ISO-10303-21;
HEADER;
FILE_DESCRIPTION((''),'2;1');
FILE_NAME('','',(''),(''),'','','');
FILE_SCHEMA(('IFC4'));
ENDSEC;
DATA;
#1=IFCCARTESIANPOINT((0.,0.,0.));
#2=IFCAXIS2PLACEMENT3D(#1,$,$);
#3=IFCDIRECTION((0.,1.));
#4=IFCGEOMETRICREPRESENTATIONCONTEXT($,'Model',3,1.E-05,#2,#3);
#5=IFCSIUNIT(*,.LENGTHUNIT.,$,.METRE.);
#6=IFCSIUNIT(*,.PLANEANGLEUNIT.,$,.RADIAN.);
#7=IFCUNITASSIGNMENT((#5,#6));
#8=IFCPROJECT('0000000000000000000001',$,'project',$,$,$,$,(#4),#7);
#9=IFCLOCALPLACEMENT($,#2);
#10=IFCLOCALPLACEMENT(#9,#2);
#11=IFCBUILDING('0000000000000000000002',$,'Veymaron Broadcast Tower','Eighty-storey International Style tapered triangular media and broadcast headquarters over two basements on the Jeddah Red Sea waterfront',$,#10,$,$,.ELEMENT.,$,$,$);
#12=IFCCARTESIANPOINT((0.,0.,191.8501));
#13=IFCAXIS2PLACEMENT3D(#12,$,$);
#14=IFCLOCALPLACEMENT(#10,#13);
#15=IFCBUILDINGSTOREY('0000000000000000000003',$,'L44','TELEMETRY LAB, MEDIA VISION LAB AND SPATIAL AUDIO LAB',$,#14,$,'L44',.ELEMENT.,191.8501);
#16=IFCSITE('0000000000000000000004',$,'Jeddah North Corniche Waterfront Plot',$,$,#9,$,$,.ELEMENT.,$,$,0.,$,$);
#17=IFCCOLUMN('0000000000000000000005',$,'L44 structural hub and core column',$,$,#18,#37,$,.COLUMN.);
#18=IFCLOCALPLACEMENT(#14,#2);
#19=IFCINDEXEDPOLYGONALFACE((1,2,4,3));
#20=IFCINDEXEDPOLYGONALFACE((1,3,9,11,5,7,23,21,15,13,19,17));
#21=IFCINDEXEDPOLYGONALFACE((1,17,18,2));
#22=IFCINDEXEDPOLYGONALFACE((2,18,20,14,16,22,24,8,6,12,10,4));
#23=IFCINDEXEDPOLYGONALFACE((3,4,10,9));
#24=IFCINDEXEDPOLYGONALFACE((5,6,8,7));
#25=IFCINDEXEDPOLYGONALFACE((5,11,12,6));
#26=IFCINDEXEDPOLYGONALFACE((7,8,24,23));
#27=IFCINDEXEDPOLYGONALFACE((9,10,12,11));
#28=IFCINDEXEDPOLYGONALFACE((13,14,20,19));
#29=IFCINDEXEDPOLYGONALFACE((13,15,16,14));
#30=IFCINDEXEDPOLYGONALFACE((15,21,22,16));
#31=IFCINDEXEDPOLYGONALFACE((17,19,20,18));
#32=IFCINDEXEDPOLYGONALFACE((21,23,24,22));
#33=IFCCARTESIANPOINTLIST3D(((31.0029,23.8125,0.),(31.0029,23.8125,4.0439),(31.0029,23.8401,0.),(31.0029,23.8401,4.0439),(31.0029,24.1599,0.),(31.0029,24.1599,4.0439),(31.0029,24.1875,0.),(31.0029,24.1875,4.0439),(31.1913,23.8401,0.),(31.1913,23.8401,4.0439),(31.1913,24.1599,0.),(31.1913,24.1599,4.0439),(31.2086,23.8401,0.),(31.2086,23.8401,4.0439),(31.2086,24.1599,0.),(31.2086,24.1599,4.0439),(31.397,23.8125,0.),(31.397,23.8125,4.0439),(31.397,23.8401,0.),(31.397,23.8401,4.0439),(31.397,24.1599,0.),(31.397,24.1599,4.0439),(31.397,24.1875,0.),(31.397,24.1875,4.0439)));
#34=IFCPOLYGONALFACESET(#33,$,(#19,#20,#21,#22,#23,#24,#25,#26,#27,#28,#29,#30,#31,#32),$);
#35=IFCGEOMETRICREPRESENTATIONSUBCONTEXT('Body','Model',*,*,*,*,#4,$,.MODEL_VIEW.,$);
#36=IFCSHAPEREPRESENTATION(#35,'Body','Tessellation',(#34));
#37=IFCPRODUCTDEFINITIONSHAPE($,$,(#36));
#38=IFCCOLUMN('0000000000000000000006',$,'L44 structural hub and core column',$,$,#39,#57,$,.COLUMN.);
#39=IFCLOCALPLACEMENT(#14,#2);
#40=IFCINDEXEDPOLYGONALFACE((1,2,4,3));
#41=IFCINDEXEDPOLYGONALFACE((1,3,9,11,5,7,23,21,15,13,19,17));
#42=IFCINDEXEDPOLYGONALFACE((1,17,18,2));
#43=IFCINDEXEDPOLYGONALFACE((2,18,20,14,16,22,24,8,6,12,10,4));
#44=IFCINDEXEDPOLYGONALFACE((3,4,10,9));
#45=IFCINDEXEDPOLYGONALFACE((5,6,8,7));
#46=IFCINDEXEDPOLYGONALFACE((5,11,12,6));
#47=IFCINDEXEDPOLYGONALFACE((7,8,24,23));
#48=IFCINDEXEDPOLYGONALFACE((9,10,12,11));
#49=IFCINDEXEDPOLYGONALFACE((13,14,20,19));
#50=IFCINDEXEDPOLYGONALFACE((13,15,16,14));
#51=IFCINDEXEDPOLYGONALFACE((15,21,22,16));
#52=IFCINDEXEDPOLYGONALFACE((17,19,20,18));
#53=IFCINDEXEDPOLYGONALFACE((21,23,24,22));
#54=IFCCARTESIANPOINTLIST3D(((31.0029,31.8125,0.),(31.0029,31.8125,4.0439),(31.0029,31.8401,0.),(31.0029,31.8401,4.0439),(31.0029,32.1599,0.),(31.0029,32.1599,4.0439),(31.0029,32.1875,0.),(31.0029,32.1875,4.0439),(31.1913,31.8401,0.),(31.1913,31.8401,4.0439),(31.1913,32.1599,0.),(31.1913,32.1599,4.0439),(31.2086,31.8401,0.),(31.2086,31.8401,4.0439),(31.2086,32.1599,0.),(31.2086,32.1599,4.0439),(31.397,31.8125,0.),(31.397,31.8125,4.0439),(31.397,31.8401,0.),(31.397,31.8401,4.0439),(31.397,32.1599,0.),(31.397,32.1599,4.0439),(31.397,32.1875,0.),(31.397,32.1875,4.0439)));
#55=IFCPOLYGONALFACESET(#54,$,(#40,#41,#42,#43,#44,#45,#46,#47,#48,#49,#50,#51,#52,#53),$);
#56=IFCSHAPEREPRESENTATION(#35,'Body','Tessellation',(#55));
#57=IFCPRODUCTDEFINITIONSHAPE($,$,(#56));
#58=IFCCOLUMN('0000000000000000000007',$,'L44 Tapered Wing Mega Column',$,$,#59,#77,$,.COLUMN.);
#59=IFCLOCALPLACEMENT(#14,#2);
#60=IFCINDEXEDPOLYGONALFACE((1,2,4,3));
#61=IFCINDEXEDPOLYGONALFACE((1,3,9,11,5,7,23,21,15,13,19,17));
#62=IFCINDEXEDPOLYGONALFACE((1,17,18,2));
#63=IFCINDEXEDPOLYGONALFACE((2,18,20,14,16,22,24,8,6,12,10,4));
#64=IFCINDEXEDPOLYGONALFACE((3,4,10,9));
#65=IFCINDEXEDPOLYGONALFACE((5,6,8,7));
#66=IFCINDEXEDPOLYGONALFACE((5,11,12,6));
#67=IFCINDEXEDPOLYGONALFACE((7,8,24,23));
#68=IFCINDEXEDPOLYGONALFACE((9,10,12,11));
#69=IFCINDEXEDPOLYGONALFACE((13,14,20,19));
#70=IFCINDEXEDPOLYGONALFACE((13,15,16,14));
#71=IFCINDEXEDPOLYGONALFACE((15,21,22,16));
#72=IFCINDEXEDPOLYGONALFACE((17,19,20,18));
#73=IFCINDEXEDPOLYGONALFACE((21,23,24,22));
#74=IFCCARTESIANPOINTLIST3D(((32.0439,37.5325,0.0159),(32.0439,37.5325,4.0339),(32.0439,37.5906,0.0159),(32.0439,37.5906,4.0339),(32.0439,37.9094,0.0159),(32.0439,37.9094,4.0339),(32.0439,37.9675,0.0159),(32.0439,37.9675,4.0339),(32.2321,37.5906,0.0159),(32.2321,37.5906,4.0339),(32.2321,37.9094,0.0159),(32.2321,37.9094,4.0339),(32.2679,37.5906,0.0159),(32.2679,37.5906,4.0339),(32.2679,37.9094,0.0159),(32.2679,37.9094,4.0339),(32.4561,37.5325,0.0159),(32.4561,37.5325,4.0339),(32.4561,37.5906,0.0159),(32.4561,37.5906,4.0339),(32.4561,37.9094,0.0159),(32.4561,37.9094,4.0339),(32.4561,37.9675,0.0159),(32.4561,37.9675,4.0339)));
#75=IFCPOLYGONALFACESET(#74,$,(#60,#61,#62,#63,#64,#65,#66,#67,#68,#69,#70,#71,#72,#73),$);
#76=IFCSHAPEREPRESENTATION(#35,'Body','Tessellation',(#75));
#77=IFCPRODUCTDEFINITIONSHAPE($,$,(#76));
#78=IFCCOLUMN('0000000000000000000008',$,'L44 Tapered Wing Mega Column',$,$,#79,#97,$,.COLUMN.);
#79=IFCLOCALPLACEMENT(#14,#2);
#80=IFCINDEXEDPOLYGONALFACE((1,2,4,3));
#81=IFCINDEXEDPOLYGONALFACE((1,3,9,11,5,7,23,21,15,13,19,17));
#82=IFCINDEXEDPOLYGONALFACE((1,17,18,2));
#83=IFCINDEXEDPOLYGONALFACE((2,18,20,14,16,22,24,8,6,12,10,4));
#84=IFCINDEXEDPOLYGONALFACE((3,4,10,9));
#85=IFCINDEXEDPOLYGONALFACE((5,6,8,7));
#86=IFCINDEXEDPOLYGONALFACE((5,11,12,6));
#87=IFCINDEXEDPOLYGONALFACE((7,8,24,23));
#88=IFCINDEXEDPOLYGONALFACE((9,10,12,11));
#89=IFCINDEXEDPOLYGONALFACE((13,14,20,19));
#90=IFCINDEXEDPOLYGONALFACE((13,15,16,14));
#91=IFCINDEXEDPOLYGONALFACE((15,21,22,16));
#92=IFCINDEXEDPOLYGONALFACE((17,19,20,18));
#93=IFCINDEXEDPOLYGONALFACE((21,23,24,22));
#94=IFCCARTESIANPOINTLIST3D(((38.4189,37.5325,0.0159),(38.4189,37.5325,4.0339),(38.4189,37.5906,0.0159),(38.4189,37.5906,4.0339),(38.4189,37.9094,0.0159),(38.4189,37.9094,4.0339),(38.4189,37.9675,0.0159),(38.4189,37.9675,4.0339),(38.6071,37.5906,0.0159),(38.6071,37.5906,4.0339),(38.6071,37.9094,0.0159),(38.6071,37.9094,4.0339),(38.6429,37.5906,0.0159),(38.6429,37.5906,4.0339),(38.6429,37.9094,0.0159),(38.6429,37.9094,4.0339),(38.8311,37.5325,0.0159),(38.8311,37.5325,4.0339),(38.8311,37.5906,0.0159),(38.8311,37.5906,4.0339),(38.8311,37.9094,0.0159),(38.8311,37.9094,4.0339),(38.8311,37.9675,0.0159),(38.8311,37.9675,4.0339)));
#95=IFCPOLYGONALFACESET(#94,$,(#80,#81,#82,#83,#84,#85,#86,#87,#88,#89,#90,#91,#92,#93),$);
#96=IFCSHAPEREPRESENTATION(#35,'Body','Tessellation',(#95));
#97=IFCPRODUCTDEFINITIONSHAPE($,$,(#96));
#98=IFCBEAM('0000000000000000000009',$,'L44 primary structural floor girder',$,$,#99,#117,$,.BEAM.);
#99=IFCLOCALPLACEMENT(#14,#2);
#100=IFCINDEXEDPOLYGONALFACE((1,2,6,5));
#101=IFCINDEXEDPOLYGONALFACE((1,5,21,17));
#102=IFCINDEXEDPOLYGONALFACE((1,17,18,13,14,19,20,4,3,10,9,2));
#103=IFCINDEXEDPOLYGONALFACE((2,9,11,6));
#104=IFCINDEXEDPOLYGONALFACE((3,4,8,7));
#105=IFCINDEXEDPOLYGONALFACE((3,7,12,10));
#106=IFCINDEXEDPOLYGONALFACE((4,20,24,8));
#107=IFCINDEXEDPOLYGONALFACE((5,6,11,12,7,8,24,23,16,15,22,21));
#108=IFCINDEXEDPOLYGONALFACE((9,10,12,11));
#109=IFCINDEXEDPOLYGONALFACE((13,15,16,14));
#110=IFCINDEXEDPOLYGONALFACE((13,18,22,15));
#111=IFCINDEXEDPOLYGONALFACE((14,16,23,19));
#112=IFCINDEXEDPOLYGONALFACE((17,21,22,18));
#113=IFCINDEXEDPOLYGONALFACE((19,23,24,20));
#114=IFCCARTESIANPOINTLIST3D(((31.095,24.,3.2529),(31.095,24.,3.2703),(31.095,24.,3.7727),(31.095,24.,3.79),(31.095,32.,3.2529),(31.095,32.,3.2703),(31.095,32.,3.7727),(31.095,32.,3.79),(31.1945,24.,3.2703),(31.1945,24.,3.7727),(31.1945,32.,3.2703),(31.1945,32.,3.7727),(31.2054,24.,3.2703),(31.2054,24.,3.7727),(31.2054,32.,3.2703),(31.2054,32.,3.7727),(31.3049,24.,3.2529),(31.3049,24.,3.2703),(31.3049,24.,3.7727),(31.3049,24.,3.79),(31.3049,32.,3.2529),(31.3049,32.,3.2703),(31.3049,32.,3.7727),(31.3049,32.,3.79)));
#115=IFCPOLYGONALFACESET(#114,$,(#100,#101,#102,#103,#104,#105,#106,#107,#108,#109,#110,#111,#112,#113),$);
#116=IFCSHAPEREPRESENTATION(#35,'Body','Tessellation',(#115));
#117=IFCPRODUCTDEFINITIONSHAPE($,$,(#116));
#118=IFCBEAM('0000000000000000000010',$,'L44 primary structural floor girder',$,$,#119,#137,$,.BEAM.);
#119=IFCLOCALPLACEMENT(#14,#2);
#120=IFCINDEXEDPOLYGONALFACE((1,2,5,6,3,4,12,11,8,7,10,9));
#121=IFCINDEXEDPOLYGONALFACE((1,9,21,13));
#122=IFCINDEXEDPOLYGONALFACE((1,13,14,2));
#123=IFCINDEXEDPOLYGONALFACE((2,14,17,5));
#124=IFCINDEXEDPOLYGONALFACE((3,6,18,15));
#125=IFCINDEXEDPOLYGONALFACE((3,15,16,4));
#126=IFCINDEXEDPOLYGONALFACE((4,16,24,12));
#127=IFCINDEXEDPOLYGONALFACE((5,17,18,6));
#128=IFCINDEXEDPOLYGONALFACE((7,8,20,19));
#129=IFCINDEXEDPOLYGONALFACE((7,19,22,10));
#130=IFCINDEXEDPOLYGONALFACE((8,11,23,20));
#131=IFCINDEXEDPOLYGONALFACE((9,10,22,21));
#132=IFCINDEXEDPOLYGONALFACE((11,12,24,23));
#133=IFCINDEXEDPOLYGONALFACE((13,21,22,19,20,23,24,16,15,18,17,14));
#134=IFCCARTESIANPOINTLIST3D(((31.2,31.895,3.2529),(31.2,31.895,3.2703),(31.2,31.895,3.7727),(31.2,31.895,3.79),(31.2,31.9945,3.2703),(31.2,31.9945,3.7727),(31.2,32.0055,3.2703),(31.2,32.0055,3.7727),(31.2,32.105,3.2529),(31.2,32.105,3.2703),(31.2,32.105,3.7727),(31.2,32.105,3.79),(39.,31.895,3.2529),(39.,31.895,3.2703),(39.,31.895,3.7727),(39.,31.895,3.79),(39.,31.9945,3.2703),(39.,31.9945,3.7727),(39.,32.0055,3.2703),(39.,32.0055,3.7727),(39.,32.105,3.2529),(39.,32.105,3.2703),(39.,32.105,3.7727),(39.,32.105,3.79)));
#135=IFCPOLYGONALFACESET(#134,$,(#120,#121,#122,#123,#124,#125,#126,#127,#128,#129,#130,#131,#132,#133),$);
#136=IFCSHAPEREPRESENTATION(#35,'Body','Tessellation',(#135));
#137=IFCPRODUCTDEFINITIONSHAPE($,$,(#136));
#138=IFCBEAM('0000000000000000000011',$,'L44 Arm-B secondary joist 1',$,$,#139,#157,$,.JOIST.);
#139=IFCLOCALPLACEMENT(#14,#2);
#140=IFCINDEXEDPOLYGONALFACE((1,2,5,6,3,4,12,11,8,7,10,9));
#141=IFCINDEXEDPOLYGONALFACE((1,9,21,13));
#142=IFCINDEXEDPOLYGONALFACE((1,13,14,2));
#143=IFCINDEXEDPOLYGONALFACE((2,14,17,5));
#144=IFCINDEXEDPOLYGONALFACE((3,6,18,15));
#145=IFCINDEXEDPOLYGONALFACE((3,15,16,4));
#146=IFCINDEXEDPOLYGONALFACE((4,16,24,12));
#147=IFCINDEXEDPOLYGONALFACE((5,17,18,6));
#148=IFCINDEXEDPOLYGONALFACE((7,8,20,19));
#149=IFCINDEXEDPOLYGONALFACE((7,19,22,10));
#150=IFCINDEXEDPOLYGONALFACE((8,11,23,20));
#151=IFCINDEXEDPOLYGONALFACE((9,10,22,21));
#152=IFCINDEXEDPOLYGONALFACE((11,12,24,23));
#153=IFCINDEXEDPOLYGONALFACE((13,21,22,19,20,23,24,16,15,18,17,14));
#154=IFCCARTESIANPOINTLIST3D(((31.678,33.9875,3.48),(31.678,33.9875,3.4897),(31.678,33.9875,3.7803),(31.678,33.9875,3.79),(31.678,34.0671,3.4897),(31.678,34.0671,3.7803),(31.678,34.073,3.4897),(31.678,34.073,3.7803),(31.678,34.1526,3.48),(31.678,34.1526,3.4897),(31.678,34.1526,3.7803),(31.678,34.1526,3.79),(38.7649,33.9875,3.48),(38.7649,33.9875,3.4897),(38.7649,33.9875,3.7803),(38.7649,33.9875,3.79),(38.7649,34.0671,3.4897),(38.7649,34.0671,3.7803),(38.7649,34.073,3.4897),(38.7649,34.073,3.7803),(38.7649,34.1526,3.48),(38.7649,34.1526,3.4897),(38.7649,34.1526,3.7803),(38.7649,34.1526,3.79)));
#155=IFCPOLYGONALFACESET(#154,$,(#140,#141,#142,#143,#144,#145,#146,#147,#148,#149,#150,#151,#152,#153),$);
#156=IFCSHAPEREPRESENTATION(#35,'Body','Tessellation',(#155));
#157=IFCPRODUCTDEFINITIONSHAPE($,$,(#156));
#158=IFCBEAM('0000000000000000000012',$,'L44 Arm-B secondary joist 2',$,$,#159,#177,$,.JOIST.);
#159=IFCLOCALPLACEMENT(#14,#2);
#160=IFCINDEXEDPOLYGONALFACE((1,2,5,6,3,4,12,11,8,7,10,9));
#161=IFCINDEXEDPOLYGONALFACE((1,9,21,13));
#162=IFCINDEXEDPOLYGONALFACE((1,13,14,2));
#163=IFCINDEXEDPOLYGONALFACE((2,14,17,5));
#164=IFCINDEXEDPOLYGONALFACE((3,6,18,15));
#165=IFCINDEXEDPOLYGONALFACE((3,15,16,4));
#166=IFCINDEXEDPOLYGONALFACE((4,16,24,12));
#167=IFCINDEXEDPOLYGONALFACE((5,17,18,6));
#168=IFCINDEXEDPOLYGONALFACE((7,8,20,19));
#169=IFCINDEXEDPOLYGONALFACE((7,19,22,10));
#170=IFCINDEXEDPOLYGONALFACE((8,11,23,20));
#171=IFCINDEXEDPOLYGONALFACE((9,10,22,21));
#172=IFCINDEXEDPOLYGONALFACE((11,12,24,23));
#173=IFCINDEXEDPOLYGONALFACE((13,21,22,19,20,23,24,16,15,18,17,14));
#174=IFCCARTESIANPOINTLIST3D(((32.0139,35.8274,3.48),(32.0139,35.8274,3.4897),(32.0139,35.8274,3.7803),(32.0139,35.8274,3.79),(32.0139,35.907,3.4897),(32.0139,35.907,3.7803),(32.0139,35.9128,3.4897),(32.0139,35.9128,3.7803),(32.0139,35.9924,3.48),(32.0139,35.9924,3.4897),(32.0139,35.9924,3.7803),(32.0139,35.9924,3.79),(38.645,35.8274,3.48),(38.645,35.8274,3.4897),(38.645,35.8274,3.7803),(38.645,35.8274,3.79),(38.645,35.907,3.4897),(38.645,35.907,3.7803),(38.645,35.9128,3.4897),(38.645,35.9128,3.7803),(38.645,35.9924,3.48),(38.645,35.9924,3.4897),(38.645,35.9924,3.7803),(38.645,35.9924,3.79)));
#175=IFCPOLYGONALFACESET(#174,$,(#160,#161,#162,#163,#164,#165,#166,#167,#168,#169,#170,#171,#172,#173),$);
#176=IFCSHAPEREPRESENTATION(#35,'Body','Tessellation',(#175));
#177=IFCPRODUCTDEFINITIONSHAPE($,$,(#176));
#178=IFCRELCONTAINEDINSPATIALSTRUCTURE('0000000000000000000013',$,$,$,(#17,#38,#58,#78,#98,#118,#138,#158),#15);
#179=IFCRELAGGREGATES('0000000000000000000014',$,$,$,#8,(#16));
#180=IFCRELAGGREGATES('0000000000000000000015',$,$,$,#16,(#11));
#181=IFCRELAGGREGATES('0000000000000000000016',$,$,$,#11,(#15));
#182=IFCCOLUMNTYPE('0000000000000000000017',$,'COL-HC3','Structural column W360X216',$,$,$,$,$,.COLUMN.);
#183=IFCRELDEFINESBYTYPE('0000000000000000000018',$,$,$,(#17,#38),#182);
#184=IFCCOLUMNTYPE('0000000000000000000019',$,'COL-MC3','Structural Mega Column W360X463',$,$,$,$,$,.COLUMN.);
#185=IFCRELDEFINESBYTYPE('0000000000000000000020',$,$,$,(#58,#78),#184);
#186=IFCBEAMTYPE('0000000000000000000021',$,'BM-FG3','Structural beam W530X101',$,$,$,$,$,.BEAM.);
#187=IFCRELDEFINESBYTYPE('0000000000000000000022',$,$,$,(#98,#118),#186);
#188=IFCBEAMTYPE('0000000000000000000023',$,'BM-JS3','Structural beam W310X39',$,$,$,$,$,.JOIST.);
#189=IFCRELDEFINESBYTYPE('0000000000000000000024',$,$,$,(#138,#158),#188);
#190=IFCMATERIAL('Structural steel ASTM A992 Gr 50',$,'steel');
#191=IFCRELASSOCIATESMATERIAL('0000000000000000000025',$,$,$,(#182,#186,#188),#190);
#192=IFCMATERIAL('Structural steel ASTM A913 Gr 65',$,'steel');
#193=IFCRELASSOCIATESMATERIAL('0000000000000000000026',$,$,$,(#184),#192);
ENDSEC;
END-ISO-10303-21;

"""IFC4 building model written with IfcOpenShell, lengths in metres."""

from ifc_helpers import new_model, si_unit, direction, frame, origin, origin_2d, place, context, subcontext, project, spatial, i_section, extrude, material, material_profile, profile_set, type_object, element, save


model = new_model("IFC4")

# Units and contexts
model_context = context("Model", 3, precision=1e-05, world=origin(), true_north=direction((0.0, 1.0)))
body_context = subcontext(model_context, "Body", "Model", "MODEL_VIEW")
ifc_project = project(units=[si_unit("LENGTHUNIT", "METRE"), si_unit("PLANEANGLEUNIT", "RADIAN")], contexts=[model_context])

# Site, building, storey
site_placement = place(None, origin())
site = spatial("IfcSite", under=ifc_project, at=site_placement, Name="Jeddah North Corniche Waterfront Plot", CompositionType="ELEMENT", RefElevation=0.0)
building_placement = place(site_placement, origin())
building = spatial("IfcBuilding", under=site, at=building_placement, Name="Veymaron Broadcast Tower", Description="Eighty-storey International Style tapered triangular media and broadcast headquarters over two basements on the Jeddah Red Sea waterfront", CompositionType="ELEMENT")
storey_placement = place(building_placement, frame((0.0, 0.0, 191.8501)))
storey = spatial("IfcBuildingStorey", under=building, at=storey_placement, Name="L44", Description="TELEMETRY LAB, MEDIA VISION LAB AND SPATIAL AUDIO LAB", LongName="L44", CompositionType="ELEMENT", Elevation=191.8501)

# Columns
ifc_material_1 = material(Name="Structural steel ASTM A992 Gr 50", Category="steel")
ifc_material_profile_1 = material_profile(ifc_material_1, i_section(OverallWidth=0.394, OverallDepth=0.375, WebThickness=0.0173, FlangeThickness=0.0276, at=origin_2d()), Name="W360X216")
ifc_profile_set_1 = profile_set([ifc_material_profile_1], Name="Structural steel ASTM A992 Gr 50")
column_type_1 = type_object("IfcColumnType", Name="COL-HC3", Description="Structural column W360X216", PredefinedType="COLUMN", material=ifc_profile_set_1)
for number, where, z_axis, x_axis, name in (
    (1, (31.2, 24.0, 0.0), (0.0, 0.0, 1.0), (1.0, 0.0, 0.0), "L44 structural hub and core column"),
    (2, (31.2, 32.0, 0.0), (0.0, 0.0, 1.0), (1.0, 0.0, 0.0), "L44 structural hub and core column"),
):
    element("IfcColumn", number, at=place(storey_placement, frame(where, z_axis=z_axis, x_axis=x_axis)), inside=storey, type_object=column_type_1, Name=name, PredefinedType="COLUMN", context=body_context, shape_type="SweptSolid", body=[
        extrude(i_section(OverallWidth=0.394, OverallDepth=0.375, WebThickness=0.0173, FlangeThickness=0.0276, at=origin_2d()), origin(), (0.0, 0.0, 1.0), 4.0439),
    ])
ifc_material_2 = material(Name="Structural steel ASTM A913 Gr 65", Category="steel")
ifc_material_profile_2 = material_profile(ifc_material_2, i_section(OverallWidth=0.4121, OverallDepth=0.4351, WebThickness=0.0359, FlangeThickness=0.0581, at=origin_2d()), Name="W360X463")
ifc_profile_set_2 = profile_set([ifc_material_profile_2], Name="Structural steel ASTM A913 Gr 65")
column_type_2 = type_object("IfcColumnType", Name="COL-MC3", Description="Structural Mega Column W360X463", PredefinedType="COLUMN", material=ifc_profile_set_2)
for number, where, z_axis, x_axis, name in (
    (3, (32.25, 37.75, 0.0159), (0.0, 0.0, 1.0), (1.0, 0.0, 0.0), "L44 Tapered Wing Mega Column"),
    (4, (38.625, 37.75, 0.0159), (0.0, 0.0, 1.0), (1.0, 0.0, 0.0), "L44 Tapered Wing Mega Column"),
):
    element("IfcColumn", number, at=place(storey_placement, frame(where, z_axis=z_axis, x_axis=x_axis)), inside=storey, type_object=column_type_2, Name=name, PredefinedType="COLUMN", context=body_context, shape_type="SweptSolid", body=[
        extrude(i_section(OverallWidth=0.4121, OverallDepth=0.4351, WebThickness=0.0359, FlangeThickness=0.0581, at=origin_2d()), origin(), (0.0, 0.0, 1.0), 4.0181),
    ])

# Beams
ifc_material_profile_3 = material_profile(ifc_material_1, i_section(OverallWidth=0.21, OverallDepth=0.5371, WebThickness=0.011, FlangeThickness=0.0173, at=origin_2d()), Name="W530X101")
ifc_profile_set_3 = profile_set([ifc_material_profile_3], Name="Structural steel ASTM A992 Gr 50")
beam_type_1 = type_object("IfcBeamType", Name="BM-FG3", Description="Structural beam W530X101", PredefinedType="BEAM", material=ifc_profile_set_3)
beam_1_placement = place(storey_placement, frame((31.2, 24.0, 3.5215), z_axis=(0.0, 1.0, 0.0), x_axis=(-1.0, 0.0, 0.0)))
element("IfcBeam", 5, at=beam_1_placement, inside=storey, type_object=beam_type_1, Name="L44 primary structural floor girder", PredefinedType="BEAM", context=body_context, shape_type="SweptSolid", body=[
    extrude(i_section(OverallWidth=0.21, OverallDepth=0.5371, WebThickness=0.011, FlangeThickness=0.0173, at=origin_2d()), origin(), (0.0, 0.0, 1.0), 8.0),
])
beam_2_placement = place(storey_placement, frame((31.2, 32.0, 3.5215), z_axis=(1.0, 0.0, 0.0), x_axis=(0.0, 1.0, 0.0)))
element("IfcBeam", 6, at=beam_2_placement, inside=storey, type_object=beam_type_1, Name="L44 primary structural floor girder", PredefinedType="BEAM", context=body_context, shape_type="SweptSolid", body=[
    extrude(i_section(OverallWidth=0.21, OverallDepth=0.5371, WebThickness=0.011, FlangeThickness=0.0173, at=origin_2d()), origin(), (0.0, 0.0, 1.0), 7.8),
])
ifc_material_profile_4 = material_profile(ifc_material_1, i_section(OverallWidth=0.165, OverallDepth=0.3101, WebThickness=0.0059, FlangeThickness=0.0098, at=origin_2d()), Name="W310X39")
ifc_profile_set_4 = profile_set([ifc_material_profile_4], Name="Structural steel ASTM A992 Gr 50")
beam_type_2 = type_object("IfcBeamType", Name="BM-JS3", Description="Structural beam W310X39", PredefinedType="JOIST", material=ifc_profile_set_4)
beam_3_placement = place(storey_placement, frame((31.678, 34.0701, 3.635), z_axis=(1.0, 0.0, 0.0), x_axis=(0.0, 1.0, 0.0)))
element("IfcBeam", 7, at=beam_3_placement, inside=storey, type_object=beam_type_2, Name="L44 Arm-B secondary joist 1", PredefinedType="JOIST", context=body_context, shape_type="SweptSolid", body=[
    extrude(i_section(OverallWidth=0.165, OverallDepth=0.3101, WebThickness=0.0059, FlangeThickness=0.0098, at=origin_2d()), origin(), (0.0, 0.0, 1.0), 7.0869),
])
beam_4_placement = place(storey_placement, frame((32.0139, 35.9099, 3.635), z_axis=(1.0, 0.0, 0.0), x_axis=(0.0, 1.0, 0.0)))
element("IfcBeam", 8, at=beam_4_placement, inside=storey, type_object=beam_type_2, Name="L44 Arm-B secondary joist 2", PredefinedType="JOIST", context=body_context, shape_type="SweptSolid", body=[
    extrude(i_section(OverallWidth=0.165, OverallDepth=0.3101, WebThickness=0.0059, FlangeThickness=0.0098, at=origin_2d()), origin(), (0.0, 0.0, 1.0), 6.6311),
])

save(model, "model.ifc")
